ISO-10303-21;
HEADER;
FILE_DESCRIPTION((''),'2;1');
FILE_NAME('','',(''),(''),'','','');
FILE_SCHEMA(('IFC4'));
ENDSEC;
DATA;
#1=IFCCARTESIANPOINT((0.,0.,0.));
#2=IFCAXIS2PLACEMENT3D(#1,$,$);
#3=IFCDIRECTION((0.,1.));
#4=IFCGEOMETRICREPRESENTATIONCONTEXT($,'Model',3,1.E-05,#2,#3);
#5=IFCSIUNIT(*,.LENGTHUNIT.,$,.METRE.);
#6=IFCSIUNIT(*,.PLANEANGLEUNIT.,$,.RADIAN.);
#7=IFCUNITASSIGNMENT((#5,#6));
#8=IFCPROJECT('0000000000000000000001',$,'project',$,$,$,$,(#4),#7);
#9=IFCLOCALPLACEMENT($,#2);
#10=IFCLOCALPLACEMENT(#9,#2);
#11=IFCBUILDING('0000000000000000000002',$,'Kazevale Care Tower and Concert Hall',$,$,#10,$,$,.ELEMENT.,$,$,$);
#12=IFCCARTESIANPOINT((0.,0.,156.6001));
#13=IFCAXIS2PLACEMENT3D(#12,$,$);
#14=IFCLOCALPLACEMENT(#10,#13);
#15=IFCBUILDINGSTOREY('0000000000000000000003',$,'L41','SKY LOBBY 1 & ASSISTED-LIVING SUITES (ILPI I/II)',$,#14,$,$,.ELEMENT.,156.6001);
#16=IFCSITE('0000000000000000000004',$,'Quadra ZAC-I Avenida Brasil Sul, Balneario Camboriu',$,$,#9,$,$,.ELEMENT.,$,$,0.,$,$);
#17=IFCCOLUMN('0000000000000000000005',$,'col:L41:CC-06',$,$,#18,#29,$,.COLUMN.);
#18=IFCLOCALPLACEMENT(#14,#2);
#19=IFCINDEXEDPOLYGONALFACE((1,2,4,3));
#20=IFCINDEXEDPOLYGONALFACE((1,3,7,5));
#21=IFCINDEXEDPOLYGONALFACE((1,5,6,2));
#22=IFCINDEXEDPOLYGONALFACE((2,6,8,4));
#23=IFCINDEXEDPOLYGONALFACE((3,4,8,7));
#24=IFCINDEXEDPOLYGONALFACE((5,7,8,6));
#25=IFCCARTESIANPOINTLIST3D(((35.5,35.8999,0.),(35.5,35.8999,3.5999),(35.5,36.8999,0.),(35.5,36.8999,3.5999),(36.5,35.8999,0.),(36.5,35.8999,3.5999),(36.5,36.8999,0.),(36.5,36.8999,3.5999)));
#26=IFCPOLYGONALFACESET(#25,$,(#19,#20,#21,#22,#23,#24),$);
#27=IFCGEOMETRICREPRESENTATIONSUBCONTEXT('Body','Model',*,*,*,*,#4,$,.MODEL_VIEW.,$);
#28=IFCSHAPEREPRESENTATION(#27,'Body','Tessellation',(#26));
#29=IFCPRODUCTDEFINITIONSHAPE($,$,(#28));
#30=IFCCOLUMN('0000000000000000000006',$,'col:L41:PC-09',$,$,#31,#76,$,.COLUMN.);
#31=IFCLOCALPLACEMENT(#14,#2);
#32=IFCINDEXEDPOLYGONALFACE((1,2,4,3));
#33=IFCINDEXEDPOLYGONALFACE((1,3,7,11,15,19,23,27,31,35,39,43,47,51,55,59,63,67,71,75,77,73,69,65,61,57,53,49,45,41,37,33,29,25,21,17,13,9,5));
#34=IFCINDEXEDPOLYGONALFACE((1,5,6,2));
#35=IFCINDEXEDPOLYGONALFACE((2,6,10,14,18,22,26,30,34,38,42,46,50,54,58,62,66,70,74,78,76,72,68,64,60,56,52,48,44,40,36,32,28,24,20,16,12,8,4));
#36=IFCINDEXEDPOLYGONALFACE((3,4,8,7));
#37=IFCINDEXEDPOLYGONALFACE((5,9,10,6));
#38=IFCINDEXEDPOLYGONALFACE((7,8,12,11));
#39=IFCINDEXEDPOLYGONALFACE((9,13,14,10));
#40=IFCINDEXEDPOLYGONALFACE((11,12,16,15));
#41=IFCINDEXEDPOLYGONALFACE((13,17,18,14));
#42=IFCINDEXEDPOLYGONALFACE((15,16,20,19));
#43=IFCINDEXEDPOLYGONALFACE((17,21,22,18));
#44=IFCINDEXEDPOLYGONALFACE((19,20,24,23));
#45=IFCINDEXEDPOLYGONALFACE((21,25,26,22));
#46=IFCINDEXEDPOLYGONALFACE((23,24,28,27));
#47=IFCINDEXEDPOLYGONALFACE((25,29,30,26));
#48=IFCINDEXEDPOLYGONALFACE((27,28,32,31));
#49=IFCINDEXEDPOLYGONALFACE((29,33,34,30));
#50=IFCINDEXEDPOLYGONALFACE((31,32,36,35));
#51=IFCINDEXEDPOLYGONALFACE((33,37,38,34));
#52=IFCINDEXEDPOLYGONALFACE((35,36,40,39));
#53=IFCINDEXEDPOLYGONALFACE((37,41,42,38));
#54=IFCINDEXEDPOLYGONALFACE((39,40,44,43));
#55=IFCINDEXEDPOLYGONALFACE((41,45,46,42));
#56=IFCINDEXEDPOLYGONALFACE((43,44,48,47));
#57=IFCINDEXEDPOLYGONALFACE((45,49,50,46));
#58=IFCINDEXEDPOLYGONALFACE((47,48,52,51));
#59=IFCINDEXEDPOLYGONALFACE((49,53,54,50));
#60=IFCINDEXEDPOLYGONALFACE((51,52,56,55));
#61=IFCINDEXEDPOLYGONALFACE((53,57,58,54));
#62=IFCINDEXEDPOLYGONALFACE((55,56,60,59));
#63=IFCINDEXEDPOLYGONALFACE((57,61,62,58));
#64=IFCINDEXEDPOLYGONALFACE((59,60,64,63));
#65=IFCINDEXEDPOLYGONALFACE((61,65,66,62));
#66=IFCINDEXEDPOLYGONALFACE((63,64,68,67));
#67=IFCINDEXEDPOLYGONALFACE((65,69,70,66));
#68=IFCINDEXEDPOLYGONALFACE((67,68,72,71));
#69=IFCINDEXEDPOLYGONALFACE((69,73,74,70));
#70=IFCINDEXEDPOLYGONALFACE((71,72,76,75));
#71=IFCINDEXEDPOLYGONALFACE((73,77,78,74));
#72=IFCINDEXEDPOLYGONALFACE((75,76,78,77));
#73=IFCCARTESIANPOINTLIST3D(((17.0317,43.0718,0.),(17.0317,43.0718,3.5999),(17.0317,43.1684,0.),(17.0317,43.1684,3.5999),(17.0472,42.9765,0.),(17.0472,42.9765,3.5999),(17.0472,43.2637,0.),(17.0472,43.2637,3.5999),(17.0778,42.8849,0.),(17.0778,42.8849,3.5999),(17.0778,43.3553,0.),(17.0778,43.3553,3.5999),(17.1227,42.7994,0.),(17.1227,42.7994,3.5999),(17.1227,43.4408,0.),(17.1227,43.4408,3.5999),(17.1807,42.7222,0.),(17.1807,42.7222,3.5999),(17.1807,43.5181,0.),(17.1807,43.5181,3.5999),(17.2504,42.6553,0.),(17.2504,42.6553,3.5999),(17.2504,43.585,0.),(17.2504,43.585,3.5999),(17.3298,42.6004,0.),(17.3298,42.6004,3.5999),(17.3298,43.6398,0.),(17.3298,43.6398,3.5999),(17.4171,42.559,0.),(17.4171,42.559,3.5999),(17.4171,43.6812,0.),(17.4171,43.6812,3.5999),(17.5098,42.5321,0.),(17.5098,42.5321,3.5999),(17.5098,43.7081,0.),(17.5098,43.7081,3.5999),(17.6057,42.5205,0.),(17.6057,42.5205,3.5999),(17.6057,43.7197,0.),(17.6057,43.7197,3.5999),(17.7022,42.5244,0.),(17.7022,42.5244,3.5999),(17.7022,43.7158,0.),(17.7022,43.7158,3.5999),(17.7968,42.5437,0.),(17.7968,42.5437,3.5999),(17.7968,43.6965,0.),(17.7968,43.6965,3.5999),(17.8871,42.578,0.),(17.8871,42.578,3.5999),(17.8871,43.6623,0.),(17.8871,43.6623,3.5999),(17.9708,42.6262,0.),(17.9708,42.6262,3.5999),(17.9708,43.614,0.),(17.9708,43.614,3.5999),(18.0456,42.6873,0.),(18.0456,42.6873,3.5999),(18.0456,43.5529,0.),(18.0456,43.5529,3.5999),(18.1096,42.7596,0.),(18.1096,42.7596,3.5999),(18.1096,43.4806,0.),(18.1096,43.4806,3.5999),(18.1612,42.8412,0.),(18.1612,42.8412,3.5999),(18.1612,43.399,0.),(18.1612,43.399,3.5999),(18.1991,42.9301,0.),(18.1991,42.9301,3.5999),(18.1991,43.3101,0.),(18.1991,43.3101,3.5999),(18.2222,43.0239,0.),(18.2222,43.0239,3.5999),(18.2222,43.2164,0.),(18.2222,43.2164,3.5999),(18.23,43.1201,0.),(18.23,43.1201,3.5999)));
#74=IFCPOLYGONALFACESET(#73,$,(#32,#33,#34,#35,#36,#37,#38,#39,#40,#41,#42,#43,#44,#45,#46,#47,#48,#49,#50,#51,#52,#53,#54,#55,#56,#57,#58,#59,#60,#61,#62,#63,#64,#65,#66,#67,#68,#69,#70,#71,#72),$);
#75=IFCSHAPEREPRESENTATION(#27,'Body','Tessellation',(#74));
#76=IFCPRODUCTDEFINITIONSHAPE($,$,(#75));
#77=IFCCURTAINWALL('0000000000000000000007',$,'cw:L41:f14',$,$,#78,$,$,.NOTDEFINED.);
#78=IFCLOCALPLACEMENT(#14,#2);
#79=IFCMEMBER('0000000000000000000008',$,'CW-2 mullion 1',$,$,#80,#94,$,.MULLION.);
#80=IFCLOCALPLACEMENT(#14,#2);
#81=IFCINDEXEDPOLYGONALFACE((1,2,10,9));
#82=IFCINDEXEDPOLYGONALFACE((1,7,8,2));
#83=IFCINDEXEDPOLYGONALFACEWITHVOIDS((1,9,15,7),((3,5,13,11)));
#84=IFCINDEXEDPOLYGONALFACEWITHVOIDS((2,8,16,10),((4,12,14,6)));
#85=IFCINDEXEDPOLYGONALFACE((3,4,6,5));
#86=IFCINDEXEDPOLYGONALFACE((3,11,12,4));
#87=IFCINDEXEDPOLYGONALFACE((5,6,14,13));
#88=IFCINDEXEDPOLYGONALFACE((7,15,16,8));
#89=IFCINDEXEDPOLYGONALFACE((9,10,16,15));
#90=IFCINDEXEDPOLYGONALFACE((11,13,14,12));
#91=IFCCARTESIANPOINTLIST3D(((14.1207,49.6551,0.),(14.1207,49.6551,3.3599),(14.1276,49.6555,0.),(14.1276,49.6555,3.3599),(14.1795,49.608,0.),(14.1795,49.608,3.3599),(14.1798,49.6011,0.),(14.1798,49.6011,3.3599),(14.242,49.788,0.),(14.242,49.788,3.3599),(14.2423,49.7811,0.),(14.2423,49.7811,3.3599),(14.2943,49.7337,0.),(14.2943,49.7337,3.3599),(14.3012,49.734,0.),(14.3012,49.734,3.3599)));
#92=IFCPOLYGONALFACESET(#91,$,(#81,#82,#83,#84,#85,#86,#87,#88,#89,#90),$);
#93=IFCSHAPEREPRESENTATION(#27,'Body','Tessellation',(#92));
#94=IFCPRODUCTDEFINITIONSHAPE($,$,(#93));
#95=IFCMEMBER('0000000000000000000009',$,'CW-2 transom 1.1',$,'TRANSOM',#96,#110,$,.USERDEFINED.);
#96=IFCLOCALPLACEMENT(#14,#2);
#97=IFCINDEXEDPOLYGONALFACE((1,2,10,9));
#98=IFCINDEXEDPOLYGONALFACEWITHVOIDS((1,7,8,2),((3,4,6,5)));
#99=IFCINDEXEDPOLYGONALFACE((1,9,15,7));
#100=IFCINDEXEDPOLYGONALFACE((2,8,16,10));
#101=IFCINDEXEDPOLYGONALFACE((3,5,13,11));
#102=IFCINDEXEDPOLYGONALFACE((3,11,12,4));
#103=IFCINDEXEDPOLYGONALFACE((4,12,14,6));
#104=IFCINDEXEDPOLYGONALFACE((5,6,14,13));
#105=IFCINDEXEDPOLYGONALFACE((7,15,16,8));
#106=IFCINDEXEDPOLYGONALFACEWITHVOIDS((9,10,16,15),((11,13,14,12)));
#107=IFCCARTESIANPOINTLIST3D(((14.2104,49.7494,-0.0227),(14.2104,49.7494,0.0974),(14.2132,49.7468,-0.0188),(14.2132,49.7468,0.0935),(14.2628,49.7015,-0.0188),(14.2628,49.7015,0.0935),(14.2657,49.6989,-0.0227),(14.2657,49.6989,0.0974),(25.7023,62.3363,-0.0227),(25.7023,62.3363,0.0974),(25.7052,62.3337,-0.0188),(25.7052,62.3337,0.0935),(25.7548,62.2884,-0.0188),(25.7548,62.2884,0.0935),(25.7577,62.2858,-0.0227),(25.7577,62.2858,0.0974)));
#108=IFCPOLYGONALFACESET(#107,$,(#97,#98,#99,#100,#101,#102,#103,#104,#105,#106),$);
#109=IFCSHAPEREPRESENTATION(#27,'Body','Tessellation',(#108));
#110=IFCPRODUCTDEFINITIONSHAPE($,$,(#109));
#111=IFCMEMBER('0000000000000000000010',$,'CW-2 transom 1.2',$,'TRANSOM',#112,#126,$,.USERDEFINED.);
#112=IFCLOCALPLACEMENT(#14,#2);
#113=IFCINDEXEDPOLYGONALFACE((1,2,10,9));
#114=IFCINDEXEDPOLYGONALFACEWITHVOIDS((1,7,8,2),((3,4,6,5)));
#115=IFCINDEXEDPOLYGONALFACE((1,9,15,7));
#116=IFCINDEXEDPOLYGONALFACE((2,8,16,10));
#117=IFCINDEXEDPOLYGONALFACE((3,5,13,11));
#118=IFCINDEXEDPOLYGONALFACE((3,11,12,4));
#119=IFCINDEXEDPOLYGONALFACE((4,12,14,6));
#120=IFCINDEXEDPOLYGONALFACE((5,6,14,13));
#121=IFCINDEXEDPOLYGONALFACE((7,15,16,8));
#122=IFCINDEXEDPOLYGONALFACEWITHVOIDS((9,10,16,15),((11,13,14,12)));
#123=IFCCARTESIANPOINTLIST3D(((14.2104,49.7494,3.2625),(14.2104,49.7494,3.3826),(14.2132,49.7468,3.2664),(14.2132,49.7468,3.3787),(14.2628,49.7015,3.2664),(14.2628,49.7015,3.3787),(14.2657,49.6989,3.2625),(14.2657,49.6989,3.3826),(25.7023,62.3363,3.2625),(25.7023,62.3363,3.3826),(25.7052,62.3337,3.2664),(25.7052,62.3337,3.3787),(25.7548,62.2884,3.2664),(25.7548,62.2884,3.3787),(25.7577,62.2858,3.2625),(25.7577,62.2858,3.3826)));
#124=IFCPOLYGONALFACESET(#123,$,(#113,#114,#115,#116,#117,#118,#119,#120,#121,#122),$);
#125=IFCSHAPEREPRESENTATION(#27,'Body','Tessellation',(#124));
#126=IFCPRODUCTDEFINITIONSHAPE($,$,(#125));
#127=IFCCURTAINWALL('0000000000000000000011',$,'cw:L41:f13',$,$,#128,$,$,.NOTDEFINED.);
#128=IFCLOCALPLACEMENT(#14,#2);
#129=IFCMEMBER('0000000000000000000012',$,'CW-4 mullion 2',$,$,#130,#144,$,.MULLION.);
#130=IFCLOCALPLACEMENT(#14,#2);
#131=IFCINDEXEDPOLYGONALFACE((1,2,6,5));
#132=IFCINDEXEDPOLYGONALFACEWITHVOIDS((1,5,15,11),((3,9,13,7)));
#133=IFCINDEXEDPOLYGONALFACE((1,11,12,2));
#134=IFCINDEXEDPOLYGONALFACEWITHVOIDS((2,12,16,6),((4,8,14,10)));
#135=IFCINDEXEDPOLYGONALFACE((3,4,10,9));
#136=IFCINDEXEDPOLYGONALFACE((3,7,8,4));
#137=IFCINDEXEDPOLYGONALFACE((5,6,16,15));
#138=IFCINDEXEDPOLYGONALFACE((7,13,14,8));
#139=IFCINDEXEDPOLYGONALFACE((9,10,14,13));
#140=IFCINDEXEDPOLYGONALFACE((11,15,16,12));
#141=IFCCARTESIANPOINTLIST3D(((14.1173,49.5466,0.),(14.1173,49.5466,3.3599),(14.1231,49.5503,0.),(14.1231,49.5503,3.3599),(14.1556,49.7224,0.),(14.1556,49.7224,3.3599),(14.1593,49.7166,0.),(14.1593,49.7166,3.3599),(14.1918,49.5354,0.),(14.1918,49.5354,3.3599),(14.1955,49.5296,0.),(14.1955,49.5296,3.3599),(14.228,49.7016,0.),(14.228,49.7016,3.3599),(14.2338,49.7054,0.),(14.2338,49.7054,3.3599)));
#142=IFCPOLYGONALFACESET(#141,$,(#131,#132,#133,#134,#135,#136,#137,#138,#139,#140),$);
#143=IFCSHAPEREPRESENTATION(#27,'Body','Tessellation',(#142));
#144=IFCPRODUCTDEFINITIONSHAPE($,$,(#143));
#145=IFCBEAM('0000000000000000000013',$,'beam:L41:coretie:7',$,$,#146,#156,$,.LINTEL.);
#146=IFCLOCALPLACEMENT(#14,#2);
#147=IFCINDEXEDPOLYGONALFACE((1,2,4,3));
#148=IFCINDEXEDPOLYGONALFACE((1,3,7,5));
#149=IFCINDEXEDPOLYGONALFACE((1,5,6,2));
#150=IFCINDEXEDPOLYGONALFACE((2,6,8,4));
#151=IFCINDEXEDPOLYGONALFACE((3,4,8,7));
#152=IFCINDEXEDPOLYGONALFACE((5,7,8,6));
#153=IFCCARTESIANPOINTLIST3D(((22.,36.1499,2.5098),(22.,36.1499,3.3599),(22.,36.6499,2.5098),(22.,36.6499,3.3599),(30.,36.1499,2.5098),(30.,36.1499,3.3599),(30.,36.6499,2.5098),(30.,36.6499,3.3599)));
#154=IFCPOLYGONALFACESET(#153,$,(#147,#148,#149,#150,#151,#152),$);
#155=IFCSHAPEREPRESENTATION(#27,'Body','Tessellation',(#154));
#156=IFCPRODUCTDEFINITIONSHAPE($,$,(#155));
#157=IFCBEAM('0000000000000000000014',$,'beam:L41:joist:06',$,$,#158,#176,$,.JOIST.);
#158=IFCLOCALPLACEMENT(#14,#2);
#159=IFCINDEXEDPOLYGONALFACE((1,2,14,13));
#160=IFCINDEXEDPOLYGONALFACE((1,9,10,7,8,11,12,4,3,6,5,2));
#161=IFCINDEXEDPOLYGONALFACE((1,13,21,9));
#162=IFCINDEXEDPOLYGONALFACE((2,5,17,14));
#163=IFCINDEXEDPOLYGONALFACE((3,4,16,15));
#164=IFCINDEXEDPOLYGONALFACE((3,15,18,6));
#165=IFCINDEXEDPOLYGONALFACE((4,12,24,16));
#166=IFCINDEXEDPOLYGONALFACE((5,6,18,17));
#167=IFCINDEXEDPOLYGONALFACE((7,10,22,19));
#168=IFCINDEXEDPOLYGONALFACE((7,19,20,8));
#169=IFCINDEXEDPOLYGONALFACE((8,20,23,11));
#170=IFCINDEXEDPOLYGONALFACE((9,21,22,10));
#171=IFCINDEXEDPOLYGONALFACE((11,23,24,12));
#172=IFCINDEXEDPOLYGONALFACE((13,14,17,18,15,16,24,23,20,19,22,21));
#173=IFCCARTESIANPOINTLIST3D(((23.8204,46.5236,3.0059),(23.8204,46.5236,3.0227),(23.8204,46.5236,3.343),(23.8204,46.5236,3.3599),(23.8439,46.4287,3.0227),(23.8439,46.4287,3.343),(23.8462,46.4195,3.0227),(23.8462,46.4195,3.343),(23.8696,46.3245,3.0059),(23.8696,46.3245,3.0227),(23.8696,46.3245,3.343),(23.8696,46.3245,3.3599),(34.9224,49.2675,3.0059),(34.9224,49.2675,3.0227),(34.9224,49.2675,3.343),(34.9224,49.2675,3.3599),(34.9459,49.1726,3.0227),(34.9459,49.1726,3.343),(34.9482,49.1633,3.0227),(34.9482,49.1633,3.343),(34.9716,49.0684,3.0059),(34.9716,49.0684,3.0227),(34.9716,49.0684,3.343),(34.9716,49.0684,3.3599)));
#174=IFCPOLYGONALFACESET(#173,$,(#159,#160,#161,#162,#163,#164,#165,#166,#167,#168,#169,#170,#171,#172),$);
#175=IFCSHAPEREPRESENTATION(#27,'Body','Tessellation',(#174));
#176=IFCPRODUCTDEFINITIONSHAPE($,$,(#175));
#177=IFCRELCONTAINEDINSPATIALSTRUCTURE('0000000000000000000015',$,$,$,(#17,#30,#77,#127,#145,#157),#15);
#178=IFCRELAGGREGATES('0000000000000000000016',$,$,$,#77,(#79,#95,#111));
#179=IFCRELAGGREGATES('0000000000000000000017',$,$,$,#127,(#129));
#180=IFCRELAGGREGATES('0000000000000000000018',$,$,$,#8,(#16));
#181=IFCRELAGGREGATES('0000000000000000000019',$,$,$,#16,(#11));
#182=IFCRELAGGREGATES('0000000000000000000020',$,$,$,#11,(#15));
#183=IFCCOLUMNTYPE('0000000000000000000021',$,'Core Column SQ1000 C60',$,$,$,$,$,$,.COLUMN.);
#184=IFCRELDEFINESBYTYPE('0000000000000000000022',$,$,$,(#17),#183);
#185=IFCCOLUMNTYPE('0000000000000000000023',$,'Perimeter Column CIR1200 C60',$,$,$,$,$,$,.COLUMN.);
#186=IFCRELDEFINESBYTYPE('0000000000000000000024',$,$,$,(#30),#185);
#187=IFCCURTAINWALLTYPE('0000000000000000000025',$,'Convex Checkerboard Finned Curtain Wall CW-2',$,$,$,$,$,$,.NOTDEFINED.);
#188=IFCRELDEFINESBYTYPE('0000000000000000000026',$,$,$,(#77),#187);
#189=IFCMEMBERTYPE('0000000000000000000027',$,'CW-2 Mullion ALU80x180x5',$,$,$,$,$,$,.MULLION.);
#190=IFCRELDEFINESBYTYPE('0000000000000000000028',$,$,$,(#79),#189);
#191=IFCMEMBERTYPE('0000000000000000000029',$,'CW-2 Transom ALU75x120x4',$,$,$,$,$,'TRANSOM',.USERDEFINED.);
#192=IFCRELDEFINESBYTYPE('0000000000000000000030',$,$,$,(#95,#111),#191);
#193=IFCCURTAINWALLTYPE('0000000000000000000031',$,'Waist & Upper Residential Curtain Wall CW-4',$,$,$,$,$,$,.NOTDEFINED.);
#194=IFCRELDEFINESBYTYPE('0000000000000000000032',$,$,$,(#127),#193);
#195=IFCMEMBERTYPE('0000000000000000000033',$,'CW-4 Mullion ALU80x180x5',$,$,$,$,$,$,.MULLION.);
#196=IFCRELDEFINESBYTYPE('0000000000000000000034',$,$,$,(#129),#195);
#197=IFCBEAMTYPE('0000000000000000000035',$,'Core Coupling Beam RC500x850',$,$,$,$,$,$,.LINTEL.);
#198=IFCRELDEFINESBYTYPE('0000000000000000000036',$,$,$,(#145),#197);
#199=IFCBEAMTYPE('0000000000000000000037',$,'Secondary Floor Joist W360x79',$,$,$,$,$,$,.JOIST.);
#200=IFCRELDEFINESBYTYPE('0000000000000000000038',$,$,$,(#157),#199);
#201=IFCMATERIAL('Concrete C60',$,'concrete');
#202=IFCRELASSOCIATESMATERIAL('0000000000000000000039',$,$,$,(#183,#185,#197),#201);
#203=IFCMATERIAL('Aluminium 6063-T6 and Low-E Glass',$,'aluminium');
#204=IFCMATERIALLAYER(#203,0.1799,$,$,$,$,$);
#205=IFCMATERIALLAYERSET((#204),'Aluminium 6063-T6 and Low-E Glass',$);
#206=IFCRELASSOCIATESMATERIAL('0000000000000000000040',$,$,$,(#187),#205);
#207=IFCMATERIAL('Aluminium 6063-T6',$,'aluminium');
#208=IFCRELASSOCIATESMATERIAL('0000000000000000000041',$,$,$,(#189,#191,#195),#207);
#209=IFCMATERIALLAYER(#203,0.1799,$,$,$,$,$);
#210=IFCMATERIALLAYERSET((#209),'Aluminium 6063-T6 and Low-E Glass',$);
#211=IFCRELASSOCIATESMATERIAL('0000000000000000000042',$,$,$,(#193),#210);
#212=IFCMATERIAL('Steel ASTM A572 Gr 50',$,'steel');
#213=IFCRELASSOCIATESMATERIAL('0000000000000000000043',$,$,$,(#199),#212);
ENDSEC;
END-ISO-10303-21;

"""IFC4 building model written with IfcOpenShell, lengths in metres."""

from ifc_helpers import new_model, si_unit, direction, frame, origin, origin_2d, place, context, subcontext, project, spatial, rectangle, hollow_rectangle, circle, i_section, extrude, material, layer, layer_set, material_profile, profile_set, type_object, element, aggregate, save


model = new_model("IFC4")

# Units and contexts
model_context = context("Model", 3, precision=1e-05, world=origin(), true_north=direction((0.0, 1.0)))
body_context = subcontext(model_context, "Body", "Model", "MODEL_VIEW")
ifc_project = project(units=[si_unit("LENGTHUNIT", "METRE"), si_unit("PLANEANGLEUNIT", "RADIAN")], contexts=[model_context])

# Site, building, storey
site_placement = place(None, origin())
site = spatial("IfcSite", under=ifc_project, at=site_placement, Name="Quadra ZAC-I Avenida Brasil Sul, Balneario Camboriu", CompositionType="ELEMENT", RefElevation=0.0)
building_placement = place(site_placement, origin())
building = spatial("IfcBuilding", under=site, at=building_placement, Name="Kazevale Care Tower and Concert Hall", CompositionType="ELEMENT")
storey_placement = place(building_placement, frame((0.0, 0.0, 156.6001)))
storey = spatial("IfcBuildingStorey", under=building, at=storey_placement, Name="L41", Description="SKY LOBBY 1 & ASSISTED-LIVING SUITES (ILPI I/II)", CompositionType="ELEMENT", Elevation=156.6001)

# Columns
ifc_material_1 = material(Name="Concrete C60", Category="concrete")
ifc_material_profile_1 = material_profile(ifc_material_1, rectangle(XDim=1.0, YDim=1.0, at=origin_2d()), Name="RC-SQ1000")
ifc_profile_set_1 = profile_set([ifc_material_profile_1], Name="Concrete C60")
column_type_1 = type_object("IfcColumnType", Name="Core Column SQ1000 C60", PredefinedType="COLUMN", material=ifc_profile_set_1)
column_1_placement = place(storey_placement, frame((36.0, 36.3999, 0.0), z_axis=(0.0, 0.0, 1.0), x_axis=(1.0, 0.0, 0.0)))
element("IfcColumn", 1, at=column_1_placement, inside=storey, type_object=column_type_1, Name="col:L41:CC-06", PredefinedType="COLUMN", context=body_context, shape_type="SweptSolid", body=[
    extrude(rectangle(XDim=1.0, YDim=1.0, at=origin_2d()), origin(), (0.0, 0.0, 1.0), 3.5999),
])
ifc_material_profile_2 = material_profile(ifc_material_1, circle(Radius=0.6001, at=origin_2d()), Name="RC-CIR1200")
ifc_profile_set_2 = profile_set([ifc_material_profile_2], Name="Concrete C60")
column_type_2 = type_object("IfcColumnType", Name="Perimeter Column CIR1200 C60", PredefinedType="COLUMN", material=ifc_profile_set_2)
column_2_placement = place(storey_placement, frame((17.6299, 43.1201, 0.0), z_axis=(0.0, 0.0, 1.0), x_axis=(1.0, 0.0, 0.0)))
element("IfcColumn", 2, at=column_2_placement, inside=storey, type_object=column_type_2, Name="col:L41:PC-09", PredefinedType="COLUMN", context=body_context, shape_type="SweptSolid", body=[
    extrude(circle(Radius=0.6001, at=origin_2d()), origin(), (0.0, 0.0, 1.0), 3.5999),
])

# Curtain wall, members
ifc_material_2 = material(Name="Aluminium 6063-T6 and Low-E Glass", Category="aluminium")
ifc_layer_1 = layer(ifc_material_2, 0.1799)
ifc_layer_set_1 = layer_set([ifc_layer_1], Name="Aluminium 6063-T6 and Low-E Glass")
curtain_wall_type_1 = type_object("IfcCurtainWallType", Name="Convex Checkerboard Finned Curtain Wall CW-2", PredefinedType="NOTDEFINED", material=ifc_layer_set_1)
curtain_wall_1_placement = place(storey_placement, origin())
curtain_wall_1 = element("IfcCurtainWall", 3, at=curtain_wall_1_placement, inside=storey, type_object=curtain_wall_type_1, Name="cw:L41:f14", PredefinedType="NOTDEFINED")
ifc_material_3 = material(Name="Aluminium 6063-T6", Category="aluminium")
ifc_material_profile_3 = material_profile(ifc_material_3, hollow_rectangle(XDim=0.0801, YDim=0.1799, WallThickness=0.0049, at=origin_2d()), Name="ALU80x180x5")
ifc_profile_set_3 = profile_set([ifc_material_profile_3], Name="Aluminium 6063-T6")
member_type_1 = type_object("IfcMemberType", Name="CW-2 Mullion ALU80x180x5", PredefinedType="MULLION", material=ifc_profile_set_3)
member_1_placement = place(storey_placement, frame((14.2109, 49.6946, 0.0), z_axis=(0.0, 0.0, 1.0), x_axis=(-0.738492, 0.674262, 0.0)))
member_1 = element("IfcMember", 4, at=member_1_placement, type_object=member_type_1, Name="CW-2 mullion 1", PredefinedType="MULLION", context=body_context, shape_type="SweptSolid", body=[
    extrude(hollow_rectangle(XDim=0.0801, YDim=0.1799, WallThickness=0.0049, at=origin_2d()), origin(), (0.0, 0.0, 1.0), 3.3599),
])
ifc_material_profile_4 = material_profile(ifc_material_3, hollow_rectangle(XDim=0.075, YDim=0.1201, WallThickness=0.0039, at=origin_2d()), Name="ALU75x120x4")
ifc_profile_set_4 = profile_set([ifc_material_profile_4], Name="Aluminium 6063-T6")
member_type_2 = type_object("IfcMemberType", Name="CW-2 Transom ALU75x120x4", ElementType="TRANSOM", PredefinedType="USERDEFINED", material=ifc_profile_set_4)
member_2_placement = place(storey_placement, frame((14.238, 49.7241, 0.0374), z_axis=(0.674255, 0.738499, 0.0), x_axis=(-0.738499, 0.674255, 0.0)))
member_2 = element("IfcMember", 5, at=member_2_placement, type_object=member_type_2, Name="CW-2 transom 1.1", ObjectType="TRANSOM", PredefinedType="USERDEFINED", context=body_context, shape_type="SweptSolid", body=[
    extrude(hollow_rectangle(XDim=0.075, YDim=0.1201, WallThickness=0.0039, at=origin_2d()), origin(), (0.0, 0.0, 1.0), 17.0439),
])
member_3_placement = place(storey_placement, frame((14.238, 49.7241, 3.3225), z_axis=(0.674255, 0.738499, 0.0), x_axis=(-0.738499, 0.674255, 0.0)))
member_3 = element("IfcMember", 6, at=member_3_placement, type_object=member_type_2, Name="CW-2 transom 1.2", ObjectType="TRANSOM", PredefinedType="USERDEFINED", context=body_context, shape_type="SweptSolid", body=[
    extrude(hollow_rectangle(XDim=0.075, YDim=0.1201, WallThickness=0.0039, at=origin_2d()), origin(), (0.0, 0.0, 1.0), 17.0439),
])
aggregate(curtain_wall_1, [member_1, member_2, member_3])

# Curtain wall, member
ifc_layer_2 = layer(ifc_material_2, 0.1799)
ifc_layer_set_2 = layer_set([ifc_layer_2], Name="Aluminium 6063-T6 and Low-E Glass")
curtain_wall_type_2 = type_object("IfcCurtainWallType", Name="Waist & Upper Residential Curtain Wall CW-4", PredefinedType="NOTDEFINED", material=ifc_layer_set_2)
curtain_wall_2_placement = place(storey_placement, origin())
curtain_wall_2 = element("IfcCurtainWall", 7, at=curtain_wall_2_placement, inside=storey, type_object=curtain_wall_type_2, Name="cw:L41:f13", PredefinedType="NOTDEFINED")
ifc_material_profile_5 = material_profile(ifc_material_3, hollow_rectangle(XDim=0.0801, YDim=0.1799, WallThickness=0.0049, at=origin_2d()), Name="ALU80x180x5")
ifc_profile_set_5 = profile_set([ifc_material_profile_5], Name="Aluminium 6063-T6")
member_type_3 = type_object("IfcMemberType", Name="CW-4 Mullion ALU80x180x5", PredefinedType="MULLION", material=ifc_profile_set_5)
member_4_placement = place(storey_placement, frame((14.1755, 49.626, 0.0), z_axis=(0.0, 0.0, 1.0), x_axis=(-0.977091, 0.212823, 0.0)))
member_4 = element("IfcMember", 8, at=member_4_placement, type_object=member_type_3, Name="CW-4 mullion 2", PredefinedType="MULLION", context=body_context, shape_type="SweptSolid", body=[
    extrude(hollow_rectangle(XDim=0.0801, YDim=0.1799, WallThickness=0.0049, at=origin_2d()), origin(), (0.0, 0.0, 1.0), 3.3599),
])

# Beams
ifc_material_profile_6 = material_profile(ifc_material_1, rectangle(XDim=0.5, YDim=0.8501, at=origin_2d()), Name="RC-B500x850")
ifc_profile_set_6 = profile_set([ifc_material_profile_6], Name="Concrete C60")
beam_type_1 = type_object("IfcBeamType", Name="Core Coupling Beam RC500x850", PredefinedType="LINTEL", material=ifc_profile_set_6)
beam_1_placement = place(storey_placement, frame((30.0, 36.3999, 2.9348), z_axis=(-1.0, 0.0, 0.0), x_axis=(0.0, -1.0, 0.0)))
element("IfcBeam", 9, at=beam_1_placement, inside=storey, type_object=beam_type_1, Name="beam:L41:coretie:7", PredefinedType="LINTEL", context=body_context, shape_type="SweptSolid", body=[
    extrude(rectangle(XDim=0.5, YDim=0.8501, at=origin_2d()), origin(), (0.0, 0.0, 1.0), 8.0),
])
ifc_material_4 = material(Name="Steel ASTM A572 Gr 50", Category="steel")
ifc_material_profile_7 = material_profile(ifc_material_4, i_section(OverallWidth=0.2051, OverallDepth=0.354, WebThickness=0.0095, FlangeThickness=0.0168, at=origin_2d()), Name="W360x79")
ifc_profile_set_7 = profile_set([ifc_material_profile_7], Name="Steel ASTM A572 Gr 50")
beam_type_2 = type_object("IfcBeamType", Name="Secondary Floor Joist W360x79", PredefinedType="JOIST", material=ifc_profile_set_7)
beam_2_placement = place(storey_placement, frame((34.947, 49.168, 3.1829), z_axis=(-0.97079, -0.239933, 0.0), x_axis=(0.239933, -0.97079, 0.0)))
element("IfcBeam", 10, at=beam_2_placement, inside=storey, type_object=beam_type_2, Name="beam:L41:joist:06", PredefinedType="JOIST", context=body_context, shape_type="SweptSolid", body=[
    extrude(i_section(OverallWidth=0.2051, OverallDepth=0.354, WebThickness=0.0095, FlangeThickness=0.0168, at=origin_2d()), origin(), (0.0, 0.0, 1.0), 11.436),
])

aggregate(curtain_wall_2, [member_4])

save(model, "model.ifc")
